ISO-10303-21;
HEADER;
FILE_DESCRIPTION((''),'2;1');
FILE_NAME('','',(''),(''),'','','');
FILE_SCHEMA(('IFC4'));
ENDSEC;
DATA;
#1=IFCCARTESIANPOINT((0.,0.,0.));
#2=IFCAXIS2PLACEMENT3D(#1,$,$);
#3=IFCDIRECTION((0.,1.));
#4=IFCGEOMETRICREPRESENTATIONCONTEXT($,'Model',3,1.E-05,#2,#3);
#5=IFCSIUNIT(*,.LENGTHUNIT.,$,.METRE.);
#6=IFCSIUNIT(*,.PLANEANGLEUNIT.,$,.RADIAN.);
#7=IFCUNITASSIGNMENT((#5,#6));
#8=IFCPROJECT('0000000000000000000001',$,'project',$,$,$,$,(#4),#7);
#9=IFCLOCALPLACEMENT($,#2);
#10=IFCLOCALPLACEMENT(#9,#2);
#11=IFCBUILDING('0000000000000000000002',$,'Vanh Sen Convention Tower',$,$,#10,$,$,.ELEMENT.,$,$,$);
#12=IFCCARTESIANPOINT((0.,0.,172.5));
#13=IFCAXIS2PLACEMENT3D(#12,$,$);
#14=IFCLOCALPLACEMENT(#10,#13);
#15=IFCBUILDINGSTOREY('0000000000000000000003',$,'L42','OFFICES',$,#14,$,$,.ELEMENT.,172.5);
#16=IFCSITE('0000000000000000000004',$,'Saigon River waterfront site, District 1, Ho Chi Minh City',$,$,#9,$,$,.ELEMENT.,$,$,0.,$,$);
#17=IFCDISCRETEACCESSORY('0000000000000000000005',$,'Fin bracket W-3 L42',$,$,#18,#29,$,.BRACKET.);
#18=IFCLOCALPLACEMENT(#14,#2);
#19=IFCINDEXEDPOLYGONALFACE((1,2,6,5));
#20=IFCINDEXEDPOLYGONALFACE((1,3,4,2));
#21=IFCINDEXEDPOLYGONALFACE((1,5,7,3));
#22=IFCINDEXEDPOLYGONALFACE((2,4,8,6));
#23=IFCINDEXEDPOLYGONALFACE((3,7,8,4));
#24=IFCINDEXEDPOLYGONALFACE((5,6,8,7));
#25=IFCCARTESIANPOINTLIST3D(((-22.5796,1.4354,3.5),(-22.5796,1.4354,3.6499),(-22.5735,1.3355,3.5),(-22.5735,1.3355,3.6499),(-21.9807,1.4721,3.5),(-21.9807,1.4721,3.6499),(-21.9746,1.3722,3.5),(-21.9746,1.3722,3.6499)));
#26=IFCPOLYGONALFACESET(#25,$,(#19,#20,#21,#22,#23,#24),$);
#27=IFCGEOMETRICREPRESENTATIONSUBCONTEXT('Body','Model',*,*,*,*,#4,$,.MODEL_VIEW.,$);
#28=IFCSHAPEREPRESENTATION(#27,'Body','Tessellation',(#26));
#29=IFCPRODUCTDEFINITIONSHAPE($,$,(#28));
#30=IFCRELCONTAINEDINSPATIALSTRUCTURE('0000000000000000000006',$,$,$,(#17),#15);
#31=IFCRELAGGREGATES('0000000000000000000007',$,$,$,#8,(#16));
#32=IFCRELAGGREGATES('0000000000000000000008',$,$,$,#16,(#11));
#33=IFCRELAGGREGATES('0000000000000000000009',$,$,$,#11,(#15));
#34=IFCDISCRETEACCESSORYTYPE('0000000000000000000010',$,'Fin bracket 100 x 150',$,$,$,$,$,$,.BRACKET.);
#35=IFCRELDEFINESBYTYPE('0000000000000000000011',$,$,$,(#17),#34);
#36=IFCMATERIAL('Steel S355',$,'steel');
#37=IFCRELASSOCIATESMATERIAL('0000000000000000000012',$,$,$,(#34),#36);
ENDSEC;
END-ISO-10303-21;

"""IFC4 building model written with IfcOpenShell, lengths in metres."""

from ifc_helpers import new_model, si_unit, direction, frame, origin, origin_2d, place, context, subcontext, project, spatial, rectangle, extrude, material, type_object, element, save


model = new_model("IFC4")

# Units and contexts
model_context = context("Model", 3, precision=1e-05, world=origin(), true_north=direction((0.0, 1.0)))
body_context = subcontext(model_context, "Body", "Model", "MODEL_VIEW")
ifc_project = project(units=[si_unit("LENGTHUNIT", "METRE"), si_unit("PLANEANGLEUNIT", "RADIAN")], contexts=[model_context])

# Site, building, storey
site_placement = place(None, origin())
site = spatial("IfcSite", under=ifc_project, at=site_placement, Name="Saigon River waterfront site, District 1, Ho Chi Minh City", CompositionType="ELEMENT", RefElevation=0.0)
building_placement = place(site_placement, origin())
building = spatial("IfcBuilding", under=site, at=building_placement, Name="Vanh Sen Convention Tower", CompositionType="ELEMENT")
storey_placement = place(building_placement, frame((0.0, 0.0, 172.5)))
storey = spatial("IfcBuildingStorey", under=building, at=storey_placement, Name="L42", Description="OFFICES", CompositionType="ELEMENT", Elevation=172.5)

# Discrete accessory
ifc_material_1 = material(Name="Steel S355", Category="steel")
discrete_accessory_type = type_object("IfcDiscreteAccessoryType", Name="Fin bracket 100 x 150", PredefinedType="BRACKET", material=ifc_material_1)
discrete_accessory_placement = place(storey_placement, frame((-22.2771, 1.4038, 3.5), z_axis=(0.0, 0.0, 1.0), x_axis=(-0.998135, -0.061049, 0.0)))
element("IfcDiscreteAccessory", 1, at=discrete_accessory_placement, inside=storey, type_object=discrete_accessory_type, Name="Fin bracket W-3 L42", PredefinedType="BRACKET", context=body_context, shape_type="SweptSolid", body=[
    extrude(rectangle(XDim=0.6001, YDim=0.1001, at=origin_2d()), origin(), (0.0, 0.0, 1.0), 0.1499),
])

save(model, "model.ifc")
